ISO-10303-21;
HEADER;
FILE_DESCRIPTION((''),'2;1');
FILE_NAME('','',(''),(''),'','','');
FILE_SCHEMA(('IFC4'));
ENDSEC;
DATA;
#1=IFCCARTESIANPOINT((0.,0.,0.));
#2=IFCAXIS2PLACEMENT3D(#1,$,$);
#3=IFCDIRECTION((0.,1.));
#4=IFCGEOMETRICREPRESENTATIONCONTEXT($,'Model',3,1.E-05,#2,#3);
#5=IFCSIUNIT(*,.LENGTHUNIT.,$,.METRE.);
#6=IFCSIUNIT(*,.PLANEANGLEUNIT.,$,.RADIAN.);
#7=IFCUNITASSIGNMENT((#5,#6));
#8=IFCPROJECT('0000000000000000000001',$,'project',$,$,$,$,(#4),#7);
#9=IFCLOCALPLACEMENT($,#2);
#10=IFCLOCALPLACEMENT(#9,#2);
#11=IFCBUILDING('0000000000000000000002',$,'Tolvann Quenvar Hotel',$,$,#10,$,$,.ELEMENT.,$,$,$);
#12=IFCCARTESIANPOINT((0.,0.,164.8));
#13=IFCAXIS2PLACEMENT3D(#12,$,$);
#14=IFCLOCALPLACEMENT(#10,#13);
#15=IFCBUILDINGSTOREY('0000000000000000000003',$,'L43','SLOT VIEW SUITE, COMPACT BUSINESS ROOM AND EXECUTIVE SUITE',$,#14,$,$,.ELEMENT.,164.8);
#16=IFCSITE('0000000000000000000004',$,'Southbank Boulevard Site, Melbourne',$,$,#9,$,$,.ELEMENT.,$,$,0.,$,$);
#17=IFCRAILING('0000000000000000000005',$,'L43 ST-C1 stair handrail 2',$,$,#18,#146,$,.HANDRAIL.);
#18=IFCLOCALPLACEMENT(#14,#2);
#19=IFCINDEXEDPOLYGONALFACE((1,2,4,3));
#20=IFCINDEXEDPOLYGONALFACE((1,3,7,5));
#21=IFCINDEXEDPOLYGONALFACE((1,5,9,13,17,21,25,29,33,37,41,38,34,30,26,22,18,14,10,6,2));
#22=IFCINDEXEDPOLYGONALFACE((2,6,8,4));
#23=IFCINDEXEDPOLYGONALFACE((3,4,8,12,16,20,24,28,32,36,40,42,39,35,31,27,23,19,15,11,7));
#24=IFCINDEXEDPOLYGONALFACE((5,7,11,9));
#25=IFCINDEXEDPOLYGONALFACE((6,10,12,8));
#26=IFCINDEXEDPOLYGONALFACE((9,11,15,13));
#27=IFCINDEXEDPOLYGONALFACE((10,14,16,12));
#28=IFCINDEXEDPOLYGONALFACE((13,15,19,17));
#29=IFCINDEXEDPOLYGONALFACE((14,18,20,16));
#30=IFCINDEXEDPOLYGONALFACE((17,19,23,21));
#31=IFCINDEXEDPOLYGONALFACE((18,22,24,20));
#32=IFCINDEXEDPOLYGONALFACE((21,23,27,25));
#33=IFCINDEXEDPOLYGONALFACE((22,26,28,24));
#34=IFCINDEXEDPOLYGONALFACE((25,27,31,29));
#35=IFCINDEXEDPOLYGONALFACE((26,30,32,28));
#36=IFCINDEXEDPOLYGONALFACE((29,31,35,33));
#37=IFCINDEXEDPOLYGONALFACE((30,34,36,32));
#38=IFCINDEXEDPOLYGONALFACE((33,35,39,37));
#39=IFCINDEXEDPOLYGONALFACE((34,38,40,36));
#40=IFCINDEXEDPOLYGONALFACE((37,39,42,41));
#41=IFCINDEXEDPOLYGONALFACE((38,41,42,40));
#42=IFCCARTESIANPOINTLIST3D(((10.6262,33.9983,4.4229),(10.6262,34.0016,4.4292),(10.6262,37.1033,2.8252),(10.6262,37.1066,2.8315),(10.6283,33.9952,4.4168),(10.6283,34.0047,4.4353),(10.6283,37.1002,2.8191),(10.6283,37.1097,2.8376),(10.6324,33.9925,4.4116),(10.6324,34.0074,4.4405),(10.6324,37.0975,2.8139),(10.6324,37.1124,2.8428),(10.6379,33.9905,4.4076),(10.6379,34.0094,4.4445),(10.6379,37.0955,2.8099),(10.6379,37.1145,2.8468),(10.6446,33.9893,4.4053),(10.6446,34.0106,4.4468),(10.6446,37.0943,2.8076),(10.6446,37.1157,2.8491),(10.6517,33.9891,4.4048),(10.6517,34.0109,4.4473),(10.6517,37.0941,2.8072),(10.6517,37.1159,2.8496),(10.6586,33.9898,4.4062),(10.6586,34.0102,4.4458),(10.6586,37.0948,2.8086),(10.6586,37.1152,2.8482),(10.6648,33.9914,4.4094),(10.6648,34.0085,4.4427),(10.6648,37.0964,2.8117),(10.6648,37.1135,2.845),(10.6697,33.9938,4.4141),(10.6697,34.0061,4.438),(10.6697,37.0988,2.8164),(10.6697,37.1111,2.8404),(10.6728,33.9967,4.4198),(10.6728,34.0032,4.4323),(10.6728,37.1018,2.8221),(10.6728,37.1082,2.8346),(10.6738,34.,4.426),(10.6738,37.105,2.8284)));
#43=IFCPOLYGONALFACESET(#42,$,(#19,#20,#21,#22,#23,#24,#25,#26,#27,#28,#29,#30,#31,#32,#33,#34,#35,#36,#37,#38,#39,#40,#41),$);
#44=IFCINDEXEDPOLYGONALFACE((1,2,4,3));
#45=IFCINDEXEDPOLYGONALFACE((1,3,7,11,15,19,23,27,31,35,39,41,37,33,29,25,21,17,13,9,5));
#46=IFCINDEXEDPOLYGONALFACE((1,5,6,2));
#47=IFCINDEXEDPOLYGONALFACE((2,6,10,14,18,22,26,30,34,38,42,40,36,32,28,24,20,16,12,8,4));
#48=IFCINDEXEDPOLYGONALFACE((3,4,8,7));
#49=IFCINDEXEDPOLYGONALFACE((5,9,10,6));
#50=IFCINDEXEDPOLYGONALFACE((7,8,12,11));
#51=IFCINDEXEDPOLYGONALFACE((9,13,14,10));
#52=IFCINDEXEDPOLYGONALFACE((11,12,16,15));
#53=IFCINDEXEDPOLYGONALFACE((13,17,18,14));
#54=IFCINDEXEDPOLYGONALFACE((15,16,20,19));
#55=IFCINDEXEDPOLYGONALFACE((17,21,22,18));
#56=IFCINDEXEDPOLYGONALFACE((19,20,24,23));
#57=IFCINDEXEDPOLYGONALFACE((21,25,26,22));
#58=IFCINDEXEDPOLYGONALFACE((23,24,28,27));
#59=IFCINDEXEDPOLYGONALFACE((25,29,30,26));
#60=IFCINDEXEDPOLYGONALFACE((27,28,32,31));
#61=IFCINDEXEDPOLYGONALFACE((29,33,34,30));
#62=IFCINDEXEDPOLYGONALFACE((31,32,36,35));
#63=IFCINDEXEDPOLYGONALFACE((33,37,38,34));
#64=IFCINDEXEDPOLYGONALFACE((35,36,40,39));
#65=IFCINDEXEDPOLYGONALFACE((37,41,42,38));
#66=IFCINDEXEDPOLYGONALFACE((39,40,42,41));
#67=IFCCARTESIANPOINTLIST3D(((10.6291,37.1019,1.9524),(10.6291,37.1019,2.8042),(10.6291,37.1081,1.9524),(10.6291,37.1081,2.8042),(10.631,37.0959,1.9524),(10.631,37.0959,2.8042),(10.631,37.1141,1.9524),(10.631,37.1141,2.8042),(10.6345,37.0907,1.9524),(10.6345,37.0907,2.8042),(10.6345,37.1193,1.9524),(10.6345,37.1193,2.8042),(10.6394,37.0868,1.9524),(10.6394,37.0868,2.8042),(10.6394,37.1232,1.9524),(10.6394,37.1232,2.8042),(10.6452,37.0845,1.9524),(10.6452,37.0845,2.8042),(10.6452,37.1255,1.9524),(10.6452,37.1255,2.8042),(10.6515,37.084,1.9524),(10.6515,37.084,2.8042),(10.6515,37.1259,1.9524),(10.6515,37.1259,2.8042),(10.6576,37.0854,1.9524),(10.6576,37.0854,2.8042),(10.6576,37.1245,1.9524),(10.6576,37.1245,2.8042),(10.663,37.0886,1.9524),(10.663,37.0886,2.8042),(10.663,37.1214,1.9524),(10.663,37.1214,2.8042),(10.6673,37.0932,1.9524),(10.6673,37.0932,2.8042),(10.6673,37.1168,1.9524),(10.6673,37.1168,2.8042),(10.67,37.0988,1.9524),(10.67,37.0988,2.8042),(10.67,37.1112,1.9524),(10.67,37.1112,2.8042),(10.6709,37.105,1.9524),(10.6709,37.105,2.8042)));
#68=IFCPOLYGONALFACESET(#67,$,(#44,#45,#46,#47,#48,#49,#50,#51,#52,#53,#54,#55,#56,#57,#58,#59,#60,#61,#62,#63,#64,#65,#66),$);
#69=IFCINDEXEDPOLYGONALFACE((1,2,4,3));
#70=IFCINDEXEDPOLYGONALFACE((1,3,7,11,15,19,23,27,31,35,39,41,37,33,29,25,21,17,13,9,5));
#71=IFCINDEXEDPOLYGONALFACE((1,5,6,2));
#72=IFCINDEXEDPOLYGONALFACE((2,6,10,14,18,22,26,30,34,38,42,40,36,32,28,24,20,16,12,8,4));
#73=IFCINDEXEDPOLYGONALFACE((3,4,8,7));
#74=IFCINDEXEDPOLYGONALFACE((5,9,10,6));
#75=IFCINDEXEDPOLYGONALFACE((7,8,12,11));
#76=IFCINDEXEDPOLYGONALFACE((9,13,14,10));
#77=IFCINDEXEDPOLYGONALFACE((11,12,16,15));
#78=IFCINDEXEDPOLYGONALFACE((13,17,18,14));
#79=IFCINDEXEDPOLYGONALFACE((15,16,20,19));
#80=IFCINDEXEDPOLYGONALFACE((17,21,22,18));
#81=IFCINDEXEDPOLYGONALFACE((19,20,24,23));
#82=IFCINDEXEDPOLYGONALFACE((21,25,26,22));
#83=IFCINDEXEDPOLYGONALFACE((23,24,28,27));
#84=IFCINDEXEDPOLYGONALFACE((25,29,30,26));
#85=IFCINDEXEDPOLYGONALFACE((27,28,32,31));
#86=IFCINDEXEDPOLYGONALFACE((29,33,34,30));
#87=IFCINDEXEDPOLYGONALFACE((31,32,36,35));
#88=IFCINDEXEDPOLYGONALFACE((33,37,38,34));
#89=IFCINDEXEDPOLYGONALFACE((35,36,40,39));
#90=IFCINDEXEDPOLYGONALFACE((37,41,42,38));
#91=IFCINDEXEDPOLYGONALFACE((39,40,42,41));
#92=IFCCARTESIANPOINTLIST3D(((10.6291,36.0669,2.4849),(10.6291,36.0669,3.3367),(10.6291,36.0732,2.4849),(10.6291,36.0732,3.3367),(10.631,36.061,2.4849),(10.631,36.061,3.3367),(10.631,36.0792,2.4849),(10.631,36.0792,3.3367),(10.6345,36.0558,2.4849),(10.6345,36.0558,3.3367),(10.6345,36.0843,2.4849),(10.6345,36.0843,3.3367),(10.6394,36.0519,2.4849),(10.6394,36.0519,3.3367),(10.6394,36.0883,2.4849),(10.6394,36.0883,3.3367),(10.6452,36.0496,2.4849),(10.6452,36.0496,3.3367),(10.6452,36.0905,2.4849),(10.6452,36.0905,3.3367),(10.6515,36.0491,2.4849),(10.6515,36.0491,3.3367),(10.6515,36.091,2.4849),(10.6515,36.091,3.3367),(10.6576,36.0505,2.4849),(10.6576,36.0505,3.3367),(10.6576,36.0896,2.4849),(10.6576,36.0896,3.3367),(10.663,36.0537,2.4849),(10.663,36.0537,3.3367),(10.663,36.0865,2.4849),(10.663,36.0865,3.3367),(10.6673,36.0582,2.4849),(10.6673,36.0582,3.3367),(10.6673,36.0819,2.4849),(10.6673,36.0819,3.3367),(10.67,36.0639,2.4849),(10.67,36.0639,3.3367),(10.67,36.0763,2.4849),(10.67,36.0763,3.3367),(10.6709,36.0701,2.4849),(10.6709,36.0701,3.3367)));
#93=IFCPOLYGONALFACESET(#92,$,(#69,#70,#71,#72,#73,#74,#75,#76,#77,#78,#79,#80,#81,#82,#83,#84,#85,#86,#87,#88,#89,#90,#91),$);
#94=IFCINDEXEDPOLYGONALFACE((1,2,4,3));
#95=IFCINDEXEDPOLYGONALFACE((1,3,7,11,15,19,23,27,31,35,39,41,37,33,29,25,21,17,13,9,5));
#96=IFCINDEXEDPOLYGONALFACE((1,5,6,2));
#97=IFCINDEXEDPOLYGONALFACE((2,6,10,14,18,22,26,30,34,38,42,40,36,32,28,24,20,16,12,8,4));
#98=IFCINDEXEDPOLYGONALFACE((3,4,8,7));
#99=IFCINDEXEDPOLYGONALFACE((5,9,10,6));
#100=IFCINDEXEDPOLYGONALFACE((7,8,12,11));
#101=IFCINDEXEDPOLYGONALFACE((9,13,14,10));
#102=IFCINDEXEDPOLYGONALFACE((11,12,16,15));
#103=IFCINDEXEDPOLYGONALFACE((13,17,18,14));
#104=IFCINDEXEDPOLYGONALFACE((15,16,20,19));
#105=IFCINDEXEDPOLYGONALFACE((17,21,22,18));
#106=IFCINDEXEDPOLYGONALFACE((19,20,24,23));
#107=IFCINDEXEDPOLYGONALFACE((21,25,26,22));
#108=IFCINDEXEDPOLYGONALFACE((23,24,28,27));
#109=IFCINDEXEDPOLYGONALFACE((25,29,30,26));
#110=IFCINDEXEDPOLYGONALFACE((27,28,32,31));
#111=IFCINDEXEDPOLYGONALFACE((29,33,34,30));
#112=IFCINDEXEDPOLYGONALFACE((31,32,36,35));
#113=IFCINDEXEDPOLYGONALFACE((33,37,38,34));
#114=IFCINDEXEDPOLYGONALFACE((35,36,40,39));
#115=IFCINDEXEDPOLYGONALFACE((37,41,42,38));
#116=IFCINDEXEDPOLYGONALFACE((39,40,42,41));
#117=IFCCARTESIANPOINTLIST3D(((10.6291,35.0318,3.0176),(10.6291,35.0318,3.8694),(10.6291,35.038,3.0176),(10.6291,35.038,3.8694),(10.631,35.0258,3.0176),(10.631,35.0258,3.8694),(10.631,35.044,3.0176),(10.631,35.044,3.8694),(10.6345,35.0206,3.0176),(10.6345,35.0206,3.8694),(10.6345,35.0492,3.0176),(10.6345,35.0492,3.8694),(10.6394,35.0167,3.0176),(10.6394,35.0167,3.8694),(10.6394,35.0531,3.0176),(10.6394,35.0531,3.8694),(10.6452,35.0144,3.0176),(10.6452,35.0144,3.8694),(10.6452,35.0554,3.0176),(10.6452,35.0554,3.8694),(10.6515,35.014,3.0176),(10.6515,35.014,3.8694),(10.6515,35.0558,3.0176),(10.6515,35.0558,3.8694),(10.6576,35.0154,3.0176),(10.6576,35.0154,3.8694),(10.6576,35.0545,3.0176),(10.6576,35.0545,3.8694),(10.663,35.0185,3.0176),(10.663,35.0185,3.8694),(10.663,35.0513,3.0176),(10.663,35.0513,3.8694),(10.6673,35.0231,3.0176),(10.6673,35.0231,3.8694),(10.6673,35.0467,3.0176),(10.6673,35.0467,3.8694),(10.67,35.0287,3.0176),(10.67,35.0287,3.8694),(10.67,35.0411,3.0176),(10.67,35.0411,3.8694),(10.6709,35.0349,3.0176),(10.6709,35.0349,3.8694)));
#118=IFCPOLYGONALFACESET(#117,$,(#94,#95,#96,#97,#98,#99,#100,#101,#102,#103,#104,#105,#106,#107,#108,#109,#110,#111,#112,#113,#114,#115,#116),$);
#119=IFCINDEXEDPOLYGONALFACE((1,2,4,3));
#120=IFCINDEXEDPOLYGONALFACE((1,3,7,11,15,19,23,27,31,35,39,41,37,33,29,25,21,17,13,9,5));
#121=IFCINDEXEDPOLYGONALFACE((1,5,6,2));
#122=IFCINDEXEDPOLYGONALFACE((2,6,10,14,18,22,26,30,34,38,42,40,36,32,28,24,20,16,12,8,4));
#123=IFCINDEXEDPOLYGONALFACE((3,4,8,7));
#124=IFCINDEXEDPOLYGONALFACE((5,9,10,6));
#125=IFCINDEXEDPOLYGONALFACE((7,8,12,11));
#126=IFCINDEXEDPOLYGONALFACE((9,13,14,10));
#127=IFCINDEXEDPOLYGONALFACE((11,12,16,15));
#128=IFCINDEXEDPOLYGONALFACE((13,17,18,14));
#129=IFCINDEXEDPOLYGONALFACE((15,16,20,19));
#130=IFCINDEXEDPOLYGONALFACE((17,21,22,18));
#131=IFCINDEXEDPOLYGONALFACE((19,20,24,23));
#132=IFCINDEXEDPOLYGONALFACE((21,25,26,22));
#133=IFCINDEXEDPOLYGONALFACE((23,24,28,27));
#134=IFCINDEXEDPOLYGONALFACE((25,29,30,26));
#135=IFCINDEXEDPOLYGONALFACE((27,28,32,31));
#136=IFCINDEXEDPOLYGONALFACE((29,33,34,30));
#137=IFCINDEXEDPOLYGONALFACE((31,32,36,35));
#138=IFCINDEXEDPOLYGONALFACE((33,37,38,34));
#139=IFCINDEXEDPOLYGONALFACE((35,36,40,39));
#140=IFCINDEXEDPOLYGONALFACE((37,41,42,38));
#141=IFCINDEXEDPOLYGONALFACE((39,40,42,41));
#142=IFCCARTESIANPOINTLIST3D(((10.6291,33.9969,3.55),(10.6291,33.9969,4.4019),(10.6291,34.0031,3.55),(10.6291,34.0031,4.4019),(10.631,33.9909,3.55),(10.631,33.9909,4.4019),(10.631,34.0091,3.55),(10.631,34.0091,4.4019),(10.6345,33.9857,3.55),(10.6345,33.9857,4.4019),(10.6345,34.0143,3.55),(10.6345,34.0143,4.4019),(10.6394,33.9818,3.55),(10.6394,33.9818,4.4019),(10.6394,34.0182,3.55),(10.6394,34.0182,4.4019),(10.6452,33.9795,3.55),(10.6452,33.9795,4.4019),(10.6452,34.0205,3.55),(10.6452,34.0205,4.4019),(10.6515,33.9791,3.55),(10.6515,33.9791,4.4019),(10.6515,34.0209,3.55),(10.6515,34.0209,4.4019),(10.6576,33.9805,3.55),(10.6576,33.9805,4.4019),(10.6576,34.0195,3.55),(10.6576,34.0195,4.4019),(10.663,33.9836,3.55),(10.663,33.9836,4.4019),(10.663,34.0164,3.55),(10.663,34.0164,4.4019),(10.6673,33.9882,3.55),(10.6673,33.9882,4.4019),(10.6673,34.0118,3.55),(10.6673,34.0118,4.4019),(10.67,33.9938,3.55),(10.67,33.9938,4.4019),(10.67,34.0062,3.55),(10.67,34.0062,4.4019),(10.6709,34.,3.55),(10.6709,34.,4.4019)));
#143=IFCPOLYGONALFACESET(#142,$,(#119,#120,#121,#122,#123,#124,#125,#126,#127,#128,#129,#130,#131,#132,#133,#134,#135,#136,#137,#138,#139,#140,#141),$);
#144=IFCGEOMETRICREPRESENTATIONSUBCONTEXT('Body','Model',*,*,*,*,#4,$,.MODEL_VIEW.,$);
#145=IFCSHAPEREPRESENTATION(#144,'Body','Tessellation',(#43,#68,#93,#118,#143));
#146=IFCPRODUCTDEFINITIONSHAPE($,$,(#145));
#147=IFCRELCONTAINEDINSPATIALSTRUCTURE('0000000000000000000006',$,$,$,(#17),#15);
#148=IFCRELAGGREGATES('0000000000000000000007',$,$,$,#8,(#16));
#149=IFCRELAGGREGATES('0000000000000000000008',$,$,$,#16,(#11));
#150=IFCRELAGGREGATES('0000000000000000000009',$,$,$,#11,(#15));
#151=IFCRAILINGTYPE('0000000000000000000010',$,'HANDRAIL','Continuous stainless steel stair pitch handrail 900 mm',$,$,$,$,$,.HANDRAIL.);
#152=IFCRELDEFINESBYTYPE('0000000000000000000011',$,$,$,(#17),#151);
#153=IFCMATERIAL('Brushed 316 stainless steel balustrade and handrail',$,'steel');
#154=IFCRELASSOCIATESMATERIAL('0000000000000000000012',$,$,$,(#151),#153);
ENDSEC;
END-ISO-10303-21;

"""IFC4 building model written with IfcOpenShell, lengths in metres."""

from ifc_helpers import new_model, si_unit, direction, frame, origin, origin_2d, place, context, subcontext, project, spatial, circle, extrude, material, type_object, element, save


model = new_model("IFC4")

# Units and contexts
model_context = context("Model", 3, precision=1e-05, world=origin(), true_north=direction((0.0, 1.0)))
body_context = subcontext(model_context, "Body", "Model", "MODEL_VIEW")
ifc_project = project(units=[si_unit("LENGTHUNIT", "METRE"), si_unit("PLANEANGLEUNIT", "RADIAN")], contexts=[model_context])

# Site, building, storey
site_placement = place(None, origin())
site = spatial("IfcSite", under=ifc_project, at=site_placement, Name="Southbank Boulevard Site, Melbourne", CompositionType="ELEMENT", RefElevation=0.0)
building_placement = place(site_placement, origin())
building = spatial("IfcBuilding", under=site, at=building_placement, Name="Tolvann Quenvar Hotel", CompositionType="ELEMENT")
storey_placement = place(building_placement, frame((0.0, 0.0, 164.8)))
storey = spatial("IfcBuildingStorey", under=building, at=storey_placement, Name="L43", Description="SLOT VIEW SUITE, COMPACT BUSINESS ROOM AND EXECUTIVE SUITE", CompositionType="ELEMENT", Elevation=164.8)

# Railing
ifc_material_1 = material(Name="Brushed 316 stainless steel balustrade and handrail", Category="steel")
railing_type = type_object("IfcRailingType", Name="HANDRAIL", Description="Continuous stainless steel stair pitch handrail 900 mm", PredefinedType="HANDRAIL", material=ifc_material_1)
railing_placement = place(storey_placement, frame((10.6499, 37.105, 1.9524)))
element("IfcRailing", 1, at=railing_placement, inside=storey, type_object=railing_type, Name="L43 ST-C1 stair handrail 2", PredefinedType="HANDRAIL", context=body_context, shape_type="SweptSolid", body=[
    extrude(circle(Radius=0.0239, at=origin_2d()), frame((0.0, 0.0, 0.876), z_axis=(0.0, -0.889194, 0.457531), x_axis=(1.0, 0.0, 0.0)), (0.0, 0.0, 1.0), 3.4919),
    extrude(circle(Radius=0.021, at=origin_2d()), origin(), (0.0, 0.0, 1.0), 0.8518),
    extrude(circle(Radius=0.021, at=origin_2d()), frame((0.0, -1.0349, 0.5325)), (0.0, 0.0, 1.0), 0.8518),
    extrude(circle(Radius=0.021, at=origin_2d()), frame((0.0, -2.0701, 1.0652)), (0.0, 0.0, 1.0), 0.8518),
    extrude(circle(Radius=0.021, at=origin_2d()), frame((0.0, -3.105, 1.5977)), (0.0, 0.0, 1.0), 0.8518),
])

save(model, "model.ifc")
